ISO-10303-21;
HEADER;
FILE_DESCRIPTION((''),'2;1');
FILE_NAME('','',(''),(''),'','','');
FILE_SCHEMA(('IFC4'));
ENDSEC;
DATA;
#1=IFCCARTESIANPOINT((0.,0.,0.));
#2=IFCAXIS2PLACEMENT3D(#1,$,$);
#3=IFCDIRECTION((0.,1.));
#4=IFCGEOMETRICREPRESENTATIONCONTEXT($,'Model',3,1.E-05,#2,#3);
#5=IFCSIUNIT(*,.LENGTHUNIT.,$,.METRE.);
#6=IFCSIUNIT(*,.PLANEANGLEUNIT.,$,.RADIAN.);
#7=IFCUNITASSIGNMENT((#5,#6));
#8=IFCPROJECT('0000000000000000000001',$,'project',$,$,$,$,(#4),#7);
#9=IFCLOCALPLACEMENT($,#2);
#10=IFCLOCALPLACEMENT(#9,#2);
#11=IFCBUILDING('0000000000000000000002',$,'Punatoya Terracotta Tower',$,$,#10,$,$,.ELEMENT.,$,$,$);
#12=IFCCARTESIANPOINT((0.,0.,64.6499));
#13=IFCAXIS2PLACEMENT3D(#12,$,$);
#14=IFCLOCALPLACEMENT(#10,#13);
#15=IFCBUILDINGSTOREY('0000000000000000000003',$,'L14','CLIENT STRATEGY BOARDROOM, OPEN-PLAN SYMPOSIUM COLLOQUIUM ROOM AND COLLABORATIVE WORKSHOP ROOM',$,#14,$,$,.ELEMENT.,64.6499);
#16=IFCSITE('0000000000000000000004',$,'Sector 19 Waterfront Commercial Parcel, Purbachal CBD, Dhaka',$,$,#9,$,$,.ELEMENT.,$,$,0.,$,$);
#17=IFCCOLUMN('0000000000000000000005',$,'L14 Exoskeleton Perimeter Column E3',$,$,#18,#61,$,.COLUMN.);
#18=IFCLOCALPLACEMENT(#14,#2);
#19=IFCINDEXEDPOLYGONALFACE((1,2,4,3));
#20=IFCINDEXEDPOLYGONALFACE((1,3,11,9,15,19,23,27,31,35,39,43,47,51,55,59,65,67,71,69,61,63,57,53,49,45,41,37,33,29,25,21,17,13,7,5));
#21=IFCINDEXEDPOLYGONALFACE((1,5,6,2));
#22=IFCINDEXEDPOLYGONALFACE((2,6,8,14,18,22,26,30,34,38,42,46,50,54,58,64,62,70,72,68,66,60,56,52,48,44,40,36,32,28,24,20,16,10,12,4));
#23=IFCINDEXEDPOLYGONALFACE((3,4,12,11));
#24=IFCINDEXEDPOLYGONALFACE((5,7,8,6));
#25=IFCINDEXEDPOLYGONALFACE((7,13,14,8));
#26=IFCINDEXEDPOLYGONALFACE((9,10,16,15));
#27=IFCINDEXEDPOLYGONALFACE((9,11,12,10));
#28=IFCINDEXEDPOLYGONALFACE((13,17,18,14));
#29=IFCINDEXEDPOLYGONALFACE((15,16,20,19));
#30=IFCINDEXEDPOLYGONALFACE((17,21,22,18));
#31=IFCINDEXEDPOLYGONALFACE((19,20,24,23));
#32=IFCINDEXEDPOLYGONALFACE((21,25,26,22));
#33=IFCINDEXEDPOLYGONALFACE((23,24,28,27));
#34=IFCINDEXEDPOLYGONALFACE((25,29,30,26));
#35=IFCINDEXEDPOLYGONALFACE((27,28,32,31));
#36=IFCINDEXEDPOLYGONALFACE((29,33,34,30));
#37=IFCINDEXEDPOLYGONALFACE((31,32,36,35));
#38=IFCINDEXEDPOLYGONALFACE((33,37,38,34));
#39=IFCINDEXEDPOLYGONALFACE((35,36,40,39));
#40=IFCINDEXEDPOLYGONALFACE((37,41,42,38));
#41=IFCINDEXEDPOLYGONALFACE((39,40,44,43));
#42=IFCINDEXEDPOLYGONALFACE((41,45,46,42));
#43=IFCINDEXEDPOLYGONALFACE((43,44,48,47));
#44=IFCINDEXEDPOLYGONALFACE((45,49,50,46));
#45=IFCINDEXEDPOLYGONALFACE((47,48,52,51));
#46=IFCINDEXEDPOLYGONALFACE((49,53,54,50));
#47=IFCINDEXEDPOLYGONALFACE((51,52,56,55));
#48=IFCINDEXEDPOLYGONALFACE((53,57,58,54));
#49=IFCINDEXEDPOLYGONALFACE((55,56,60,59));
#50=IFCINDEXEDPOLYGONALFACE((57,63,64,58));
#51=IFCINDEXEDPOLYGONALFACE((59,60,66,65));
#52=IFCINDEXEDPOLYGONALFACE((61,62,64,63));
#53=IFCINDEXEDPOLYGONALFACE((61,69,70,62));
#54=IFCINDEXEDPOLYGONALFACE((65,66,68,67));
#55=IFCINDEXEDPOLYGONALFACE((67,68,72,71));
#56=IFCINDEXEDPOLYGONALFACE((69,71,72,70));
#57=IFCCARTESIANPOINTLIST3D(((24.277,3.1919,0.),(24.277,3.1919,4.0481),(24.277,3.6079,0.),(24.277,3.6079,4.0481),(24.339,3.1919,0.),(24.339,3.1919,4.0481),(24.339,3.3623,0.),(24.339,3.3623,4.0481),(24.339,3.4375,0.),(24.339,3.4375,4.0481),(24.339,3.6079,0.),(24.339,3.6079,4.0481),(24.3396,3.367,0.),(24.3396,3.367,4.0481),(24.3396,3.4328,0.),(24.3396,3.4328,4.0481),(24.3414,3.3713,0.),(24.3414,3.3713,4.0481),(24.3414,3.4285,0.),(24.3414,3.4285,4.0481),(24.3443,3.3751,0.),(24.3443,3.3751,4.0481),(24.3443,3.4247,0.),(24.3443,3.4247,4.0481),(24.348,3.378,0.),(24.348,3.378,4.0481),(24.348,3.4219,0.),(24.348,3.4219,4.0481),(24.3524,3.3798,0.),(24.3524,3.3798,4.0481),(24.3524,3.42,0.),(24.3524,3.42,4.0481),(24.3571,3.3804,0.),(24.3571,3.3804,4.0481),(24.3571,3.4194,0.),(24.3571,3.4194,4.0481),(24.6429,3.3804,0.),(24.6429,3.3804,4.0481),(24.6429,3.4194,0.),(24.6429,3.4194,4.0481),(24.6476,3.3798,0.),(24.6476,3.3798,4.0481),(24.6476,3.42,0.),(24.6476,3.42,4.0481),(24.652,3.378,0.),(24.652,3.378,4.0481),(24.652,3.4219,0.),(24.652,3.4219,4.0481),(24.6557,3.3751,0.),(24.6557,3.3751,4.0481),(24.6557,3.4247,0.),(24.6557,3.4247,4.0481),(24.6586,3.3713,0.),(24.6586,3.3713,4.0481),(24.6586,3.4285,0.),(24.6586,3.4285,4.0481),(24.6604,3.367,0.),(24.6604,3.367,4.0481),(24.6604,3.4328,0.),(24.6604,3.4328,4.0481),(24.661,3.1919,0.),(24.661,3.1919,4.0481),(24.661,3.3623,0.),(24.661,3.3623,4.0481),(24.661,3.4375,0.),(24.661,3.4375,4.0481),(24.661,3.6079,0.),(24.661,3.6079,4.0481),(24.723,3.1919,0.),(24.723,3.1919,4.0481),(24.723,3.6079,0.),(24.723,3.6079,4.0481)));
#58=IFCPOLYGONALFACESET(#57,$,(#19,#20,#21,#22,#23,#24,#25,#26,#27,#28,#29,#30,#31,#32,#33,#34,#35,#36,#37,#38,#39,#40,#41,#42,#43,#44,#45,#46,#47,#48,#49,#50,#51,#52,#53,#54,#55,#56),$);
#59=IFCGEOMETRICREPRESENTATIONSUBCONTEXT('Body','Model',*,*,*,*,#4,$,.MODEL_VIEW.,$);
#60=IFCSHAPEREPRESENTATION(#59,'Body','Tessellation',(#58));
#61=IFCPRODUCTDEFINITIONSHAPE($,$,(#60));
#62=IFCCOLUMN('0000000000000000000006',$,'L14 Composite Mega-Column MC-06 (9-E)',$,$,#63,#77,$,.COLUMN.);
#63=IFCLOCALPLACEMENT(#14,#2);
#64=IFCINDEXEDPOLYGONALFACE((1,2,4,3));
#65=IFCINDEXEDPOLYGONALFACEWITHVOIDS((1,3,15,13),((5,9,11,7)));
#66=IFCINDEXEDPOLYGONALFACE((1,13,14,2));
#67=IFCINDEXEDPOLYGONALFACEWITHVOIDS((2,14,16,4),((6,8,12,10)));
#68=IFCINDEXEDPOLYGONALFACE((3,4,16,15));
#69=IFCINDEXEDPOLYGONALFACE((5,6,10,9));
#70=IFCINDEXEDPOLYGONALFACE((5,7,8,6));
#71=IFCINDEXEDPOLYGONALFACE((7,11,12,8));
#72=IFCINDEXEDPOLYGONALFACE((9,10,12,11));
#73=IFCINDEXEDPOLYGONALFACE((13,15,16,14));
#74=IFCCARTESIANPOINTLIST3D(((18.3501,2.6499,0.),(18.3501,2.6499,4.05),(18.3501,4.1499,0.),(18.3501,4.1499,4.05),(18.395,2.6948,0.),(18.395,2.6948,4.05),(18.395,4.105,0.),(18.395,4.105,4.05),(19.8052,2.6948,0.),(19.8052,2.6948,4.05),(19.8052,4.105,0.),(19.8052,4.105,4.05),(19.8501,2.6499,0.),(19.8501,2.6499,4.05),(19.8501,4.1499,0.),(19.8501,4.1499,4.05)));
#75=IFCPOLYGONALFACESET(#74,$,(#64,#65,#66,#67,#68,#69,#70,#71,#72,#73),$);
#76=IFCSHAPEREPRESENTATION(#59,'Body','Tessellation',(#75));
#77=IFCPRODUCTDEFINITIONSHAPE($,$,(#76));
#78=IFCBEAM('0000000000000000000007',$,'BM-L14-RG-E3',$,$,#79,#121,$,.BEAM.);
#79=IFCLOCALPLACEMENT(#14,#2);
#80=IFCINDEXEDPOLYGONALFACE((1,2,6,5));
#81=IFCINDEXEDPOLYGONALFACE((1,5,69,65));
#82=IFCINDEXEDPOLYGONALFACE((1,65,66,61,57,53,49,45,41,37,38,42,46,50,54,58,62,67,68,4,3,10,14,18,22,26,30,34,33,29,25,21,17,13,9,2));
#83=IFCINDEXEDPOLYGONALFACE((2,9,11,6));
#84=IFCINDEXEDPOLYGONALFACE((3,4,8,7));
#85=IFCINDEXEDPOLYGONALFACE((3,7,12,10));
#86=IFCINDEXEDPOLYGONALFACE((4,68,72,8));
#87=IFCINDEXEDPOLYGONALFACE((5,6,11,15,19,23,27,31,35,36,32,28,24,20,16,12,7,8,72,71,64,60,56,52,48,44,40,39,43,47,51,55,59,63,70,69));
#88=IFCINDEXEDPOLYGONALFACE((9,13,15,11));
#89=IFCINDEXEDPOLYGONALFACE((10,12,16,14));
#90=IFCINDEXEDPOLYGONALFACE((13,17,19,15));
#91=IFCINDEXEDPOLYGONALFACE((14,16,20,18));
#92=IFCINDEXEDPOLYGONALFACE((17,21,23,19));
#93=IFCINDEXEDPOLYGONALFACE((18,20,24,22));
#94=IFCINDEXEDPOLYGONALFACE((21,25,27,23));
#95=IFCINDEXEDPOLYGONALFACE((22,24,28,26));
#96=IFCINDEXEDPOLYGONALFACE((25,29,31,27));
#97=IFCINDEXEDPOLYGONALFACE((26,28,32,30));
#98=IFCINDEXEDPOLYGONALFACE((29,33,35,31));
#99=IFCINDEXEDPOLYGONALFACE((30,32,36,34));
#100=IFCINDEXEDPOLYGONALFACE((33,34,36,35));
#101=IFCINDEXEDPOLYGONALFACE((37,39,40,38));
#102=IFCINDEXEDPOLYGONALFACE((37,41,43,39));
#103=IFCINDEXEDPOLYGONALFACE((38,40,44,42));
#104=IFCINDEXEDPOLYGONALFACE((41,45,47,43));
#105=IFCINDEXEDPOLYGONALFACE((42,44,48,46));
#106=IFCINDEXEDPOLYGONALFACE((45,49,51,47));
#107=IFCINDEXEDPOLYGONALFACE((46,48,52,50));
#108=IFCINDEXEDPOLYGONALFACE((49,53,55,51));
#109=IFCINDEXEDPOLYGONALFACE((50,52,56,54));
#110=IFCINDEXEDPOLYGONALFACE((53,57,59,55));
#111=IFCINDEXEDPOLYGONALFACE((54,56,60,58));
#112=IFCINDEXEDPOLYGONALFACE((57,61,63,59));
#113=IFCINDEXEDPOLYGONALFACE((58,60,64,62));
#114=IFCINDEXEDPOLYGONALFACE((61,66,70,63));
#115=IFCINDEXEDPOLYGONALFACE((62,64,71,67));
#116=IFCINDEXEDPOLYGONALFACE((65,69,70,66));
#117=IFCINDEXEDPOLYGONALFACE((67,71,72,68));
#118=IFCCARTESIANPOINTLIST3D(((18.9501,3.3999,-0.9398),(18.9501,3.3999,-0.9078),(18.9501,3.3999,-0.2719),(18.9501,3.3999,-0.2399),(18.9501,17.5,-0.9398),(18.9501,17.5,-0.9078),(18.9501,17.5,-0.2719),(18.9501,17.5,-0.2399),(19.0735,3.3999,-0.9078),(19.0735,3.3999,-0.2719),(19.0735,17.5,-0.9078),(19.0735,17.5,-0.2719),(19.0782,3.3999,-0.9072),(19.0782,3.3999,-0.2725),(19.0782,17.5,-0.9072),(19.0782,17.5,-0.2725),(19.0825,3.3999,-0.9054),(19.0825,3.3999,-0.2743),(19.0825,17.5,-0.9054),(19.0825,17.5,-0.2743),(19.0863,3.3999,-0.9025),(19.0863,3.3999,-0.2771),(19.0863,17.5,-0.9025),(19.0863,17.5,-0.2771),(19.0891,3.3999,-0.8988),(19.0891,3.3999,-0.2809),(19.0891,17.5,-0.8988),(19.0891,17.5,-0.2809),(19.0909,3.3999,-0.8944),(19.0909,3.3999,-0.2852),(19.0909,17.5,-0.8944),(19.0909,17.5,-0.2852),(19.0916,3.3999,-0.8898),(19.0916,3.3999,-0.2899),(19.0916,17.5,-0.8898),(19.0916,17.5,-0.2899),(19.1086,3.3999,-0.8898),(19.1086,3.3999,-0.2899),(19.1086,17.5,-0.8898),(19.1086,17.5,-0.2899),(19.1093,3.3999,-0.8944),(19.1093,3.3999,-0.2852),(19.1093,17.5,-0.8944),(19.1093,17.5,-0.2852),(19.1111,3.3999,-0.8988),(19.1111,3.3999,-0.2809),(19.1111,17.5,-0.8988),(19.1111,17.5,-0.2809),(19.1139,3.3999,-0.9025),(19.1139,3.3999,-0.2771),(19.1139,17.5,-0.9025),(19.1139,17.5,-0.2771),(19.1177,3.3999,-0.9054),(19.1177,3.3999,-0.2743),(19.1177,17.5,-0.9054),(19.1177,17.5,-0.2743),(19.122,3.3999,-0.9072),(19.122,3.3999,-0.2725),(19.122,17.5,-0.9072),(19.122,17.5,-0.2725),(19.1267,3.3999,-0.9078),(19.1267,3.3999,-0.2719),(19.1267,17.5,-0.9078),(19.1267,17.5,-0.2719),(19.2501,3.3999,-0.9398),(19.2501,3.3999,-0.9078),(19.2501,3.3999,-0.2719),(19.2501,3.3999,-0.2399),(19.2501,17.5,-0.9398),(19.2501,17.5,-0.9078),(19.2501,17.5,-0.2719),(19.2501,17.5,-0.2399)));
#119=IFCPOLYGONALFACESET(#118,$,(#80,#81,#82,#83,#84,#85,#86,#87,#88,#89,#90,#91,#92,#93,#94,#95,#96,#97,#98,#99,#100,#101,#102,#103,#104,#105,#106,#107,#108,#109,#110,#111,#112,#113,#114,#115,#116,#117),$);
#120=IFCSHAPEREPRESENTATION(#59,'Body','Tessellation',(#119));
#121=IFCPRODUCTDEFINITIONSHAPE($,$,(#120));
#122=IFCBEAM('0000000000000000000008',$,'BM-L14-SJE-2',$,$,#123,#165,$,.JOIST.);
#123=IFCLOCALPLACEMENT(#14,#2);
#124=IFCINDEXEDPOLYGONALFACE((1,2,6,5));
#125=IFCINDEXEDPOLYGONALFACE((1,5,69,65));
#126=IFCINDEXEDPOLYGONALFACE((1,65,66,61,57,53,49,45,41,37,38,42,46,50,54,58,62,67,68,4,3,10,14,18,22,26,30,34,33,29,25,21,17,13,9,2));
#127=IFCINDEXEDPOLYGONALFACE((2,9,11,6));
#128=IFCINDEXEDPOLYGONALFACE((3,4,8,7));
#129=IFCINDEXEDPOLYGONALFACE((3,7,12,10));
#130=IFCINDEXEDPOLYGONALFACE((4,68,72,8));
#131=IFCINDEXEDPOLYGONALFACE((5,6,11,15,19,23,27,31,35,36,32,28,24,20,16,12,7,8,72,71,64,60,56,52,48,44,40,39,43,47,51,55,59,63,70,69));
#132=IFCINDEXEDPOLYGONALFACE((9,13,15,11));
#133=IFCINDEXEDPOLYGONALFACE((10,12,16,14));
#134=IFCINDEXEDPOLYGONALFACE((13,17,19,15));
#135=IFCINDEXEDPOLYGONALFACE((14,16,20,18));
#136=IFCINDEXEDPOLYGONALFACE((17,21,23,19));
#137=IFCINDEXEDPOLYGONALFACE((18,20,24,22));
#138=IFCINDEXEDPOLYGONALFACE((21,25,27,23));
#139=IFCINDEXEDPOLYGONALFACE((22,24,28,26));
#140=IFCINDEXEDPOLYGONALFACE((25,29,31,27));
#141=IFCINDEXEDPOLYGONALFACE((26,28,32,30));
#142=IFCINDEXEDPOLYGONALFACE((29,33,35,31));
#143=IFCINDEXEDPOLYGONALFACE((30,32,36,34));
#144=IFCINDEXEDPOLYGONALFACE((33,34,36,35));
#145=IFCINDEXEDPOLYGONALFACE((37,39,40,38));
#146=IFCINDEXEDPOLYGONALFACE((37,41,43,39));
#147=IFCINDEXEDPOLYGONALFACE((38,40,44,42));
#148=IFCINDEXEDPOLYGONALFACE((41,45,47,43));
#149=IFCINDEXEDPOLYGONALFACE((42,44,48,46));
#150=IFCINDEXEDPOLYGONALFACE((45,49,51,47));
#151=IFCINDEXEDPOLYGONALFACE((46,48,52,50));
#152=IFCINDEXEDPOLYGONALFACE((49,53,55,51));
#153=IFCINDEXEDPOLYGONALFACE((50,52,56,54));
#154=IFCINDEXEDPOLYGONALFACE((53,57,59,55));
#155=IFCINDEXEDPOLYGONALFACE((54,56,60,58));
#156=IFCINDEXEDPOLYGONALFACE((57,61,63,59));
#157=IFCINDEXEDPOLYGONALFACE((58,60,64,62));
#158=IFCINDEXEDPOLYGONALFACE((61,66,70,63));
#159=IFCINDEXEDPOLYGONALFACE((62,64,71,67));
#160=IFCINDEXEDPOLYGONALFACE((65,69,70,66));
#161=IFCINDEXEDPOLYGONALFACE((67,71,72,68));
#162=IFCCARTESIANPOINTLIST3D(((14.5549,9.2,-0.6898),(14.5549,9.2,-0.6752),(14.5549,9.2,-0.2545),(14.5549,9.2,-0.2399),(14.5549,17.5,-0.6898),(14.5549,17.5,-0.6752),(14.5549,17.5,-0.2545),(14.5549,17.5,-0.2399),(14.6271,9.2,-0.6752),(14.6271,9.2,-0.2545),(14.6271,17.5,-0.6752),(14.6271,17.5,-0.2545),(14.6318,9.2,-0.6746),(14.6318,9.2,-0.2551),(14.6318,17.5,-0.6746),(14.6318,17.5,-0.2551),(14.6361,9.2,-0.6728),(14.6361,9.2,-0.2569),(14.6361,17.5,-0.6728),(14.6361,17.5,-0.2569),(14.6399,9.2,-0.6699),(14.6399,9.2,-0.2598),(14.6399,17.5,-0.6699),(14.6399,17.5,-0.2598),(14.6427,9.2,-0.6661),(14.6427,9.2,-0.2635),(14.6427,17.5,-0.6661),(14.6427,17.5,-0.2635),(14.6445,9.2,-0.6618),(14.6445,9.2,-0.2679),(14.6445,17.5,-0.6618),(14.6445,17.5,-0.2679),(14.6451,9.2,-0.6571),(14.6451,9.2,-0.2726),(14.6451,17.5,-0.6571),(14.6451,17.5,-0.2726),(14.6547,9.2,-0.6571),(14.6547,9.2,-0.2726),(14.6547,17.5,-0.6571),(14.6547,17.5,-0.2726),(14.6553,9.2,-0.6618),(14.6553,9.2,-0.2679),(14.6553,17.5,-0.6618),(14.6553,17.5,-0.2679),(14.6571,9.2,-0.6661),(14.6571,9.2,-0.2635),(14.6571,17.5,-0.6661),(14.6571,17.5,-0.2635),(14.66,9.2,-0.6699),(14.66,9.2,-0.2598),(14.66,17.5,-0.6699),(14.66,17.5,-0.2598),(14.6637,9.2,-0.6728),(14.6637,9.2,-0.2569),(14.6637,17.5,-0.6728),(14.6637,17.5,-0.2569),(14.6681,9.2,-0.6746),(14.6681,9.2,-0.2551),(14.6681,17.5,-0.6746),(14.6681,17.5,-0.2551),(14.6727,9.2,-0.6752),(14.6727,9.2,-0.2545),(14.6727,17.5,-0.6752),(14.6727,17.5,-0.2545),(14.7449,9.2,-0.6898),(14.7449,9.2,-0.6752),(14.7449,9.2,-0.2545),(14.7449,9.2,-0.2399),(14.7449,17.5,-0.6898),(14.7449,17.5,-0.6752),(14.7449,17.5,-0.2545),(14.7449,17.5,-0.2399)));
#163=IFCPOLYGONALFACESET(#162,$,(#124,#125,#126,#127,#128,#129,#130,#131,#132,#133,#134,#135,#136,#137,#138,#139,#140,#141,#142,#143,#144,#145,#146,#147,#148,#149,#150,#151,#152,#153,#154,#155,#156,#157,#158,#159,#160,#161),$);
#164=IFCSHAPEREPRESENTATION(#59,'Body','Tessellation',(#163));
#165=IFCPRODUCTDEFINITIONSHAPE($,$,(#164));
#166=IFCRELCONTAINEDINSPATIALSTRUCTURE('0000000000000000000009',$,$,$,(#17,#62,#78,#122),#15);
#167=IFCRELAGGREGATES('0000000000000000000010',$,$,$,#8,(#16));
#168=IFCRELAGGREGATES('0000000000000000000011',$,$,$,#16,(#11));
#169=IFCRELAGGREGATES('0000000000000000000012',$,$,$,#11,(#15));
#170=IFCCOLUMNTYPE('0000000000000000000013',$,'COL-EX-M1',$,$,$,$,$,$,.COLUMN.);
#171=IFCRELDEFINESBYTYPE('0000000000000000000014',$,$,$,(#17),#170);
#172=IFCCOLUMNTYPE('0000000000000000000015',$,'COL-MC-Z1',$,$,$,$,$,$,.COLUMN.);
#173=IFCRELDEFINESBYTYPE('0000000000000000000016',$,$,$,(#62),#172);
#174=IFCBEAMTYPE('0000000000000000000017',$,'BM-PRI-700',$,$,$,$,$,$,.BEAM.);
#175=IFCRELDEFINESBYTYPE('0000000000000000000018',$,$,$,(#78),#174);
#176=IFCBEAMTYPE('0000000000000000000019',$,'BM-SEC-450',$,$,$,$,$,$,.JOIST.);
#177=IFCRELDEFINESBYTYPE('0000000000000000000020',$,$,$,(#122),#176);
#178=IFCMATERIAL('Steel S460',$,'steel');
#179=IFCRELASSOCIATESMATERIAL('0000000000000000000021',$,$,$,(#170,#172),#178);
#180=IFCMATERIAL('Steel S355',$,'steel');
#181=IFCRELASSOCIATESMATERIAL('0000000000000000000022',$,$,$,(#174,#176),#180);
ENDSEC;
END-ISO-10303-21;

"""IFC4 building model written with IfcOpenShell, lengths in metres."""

from ifc_helpers import new_model, si_unit, direction, frame, origin, origin_2d, place, context, subcontext, project, spatial, hollow_rectangle, i_section, extrude, material, material_profile, profile_set, type_object, element, save


model = new_model("IFC4")

# Units and contexts
model_context = context("Model", 3, precision=1e-05, world=origin(), true_north=direction((0.0, 1.0)))
body_context = subcontext(model_context, "Body", "Model", "MODEL_VIEW")
ifc_project = project(units=[si_unit("LENGTHUNIT", "METRE"), si_unit("PLANEANGLEUNIT", "RADIAN")], contexts=[model_context])

# Site, building, storey
site_placement = place(None, origin())
site = spatial("IfcSite", under=ifc_project, at=site_placement, Name="Sector 19 Waterfront Commercial Parcel, Purbachal CBD, Dhaka", CompositionType="ELEMENT", RefElevation=0.0)
building_placement = place(site_placement, origin())
building = spatial("IfcBuilding", under=site, at=building_placement, Name="Punatoya Terracotta Tower", CompositionType="ELEMENT")
storey_placement = place(building_placement, frame((0.0, 0.0, 64.6499)))
storey = spatial("IfcBuildingStorey", under=building, at=storey_placement, Name="L14", Description="CLIENT STRATEGY BOARDROOM, OPEN-PLAN SYMPOSIUM COLLOQUIUM ROOM AND COLLABORATIVE WORKSHOP ROOM", CompositionType="ELEMENT", Elevation=64.6499)

# Columns
ifc_material_1 = material(Name="Steel S460", Category="steel")
ifc_material_profile_1 = material_profile(ifc_material_1, i_section(OverallWidth=0.416, OverallDepth=0.446, WebThickness=0.0391, FlangeThickness=0.062, FilletRadius=0.0181, at=origin_2d()))
ifc_profile_set_1 = profile_set([ifc_material_profile_1], Name="Steel S460")
column_type_1 = type_object("IfcColumnType", Name="COL-EX-M1", PredefinedType="COLUMN", material=ifc_profile_set_1)
column_1_placement = place(storey_placement, frame((24.5, 3.3999, 0.0), z_axis=(0.0, 0.0, 1.0), x_axis=(0.0, 1.0, 0.0)))
element("IfcColumn", 1, at=column_1_placement, inside=storey, type_object=column_type_1, Name="L14 Exoskeleton Perimeter Column E3", PredefinedType="COLUMN", context=body_context, shape_type="SweptSolid", body=[
    extrude(i_section(OverallWidth=0.416, OverallDepth=0.446, WebThickness=0.0391, FlangeThickness=0.062, FilletRadius=0.0181, at=origin_2d()), origin(), (0.0, 0.0, 1.0), 4.0481),
])
ifc_material_profile_2 = material_profile(ifc_material_1, hollow_rectangle(XDim=1.5, YDim=1.5, WallThickness=0.0449, at=origin_2d()))
ifc_profile_set_2 = profile_set([ifc_material_profile_2], Name="Steel S460")
column_type_2 = type_object("IfcColumnType", Name="COL-MC-Z1", PredefinedType="COLUMN", material=ifc_profile_set_2)
column_2_placement = place(storey_placement, frame((19.1001, 3.3999, 0.0), z_axis=(0.0, 0.0, 1.0), x_axis=(1.0, 0.0, 0.0)))
element("IfcColumn", 2, at=column_2_placement, inside=storey, type_object=column_type_2, Name="L14 Composite Mega-Column MC-06 (9-E)", PredefinedType="COLUMN", context=body_context, shape_type="SweptSolid", body=[
    extrude(hollow_rectangle(XDim=1.5, YDim=1.5, WallThickness=0.0449, at=origin_2d()), origin(), (0.0, 0.0, 1.0), 4.05),
])

# Beams
ifc_material_2 = material(Name="Steel S355", Category="steel")
ifc_material_profile_3 = material_profile(ifc_material_2, i_section(OverallWidth=0.3, OverallDepth=0.7, WebThickness=0.0171, FlangeThickness=0.032, FilletRadius=0.0181, at=origin_2d()))
ifc_profile_set_3 = profile_set([ifc_material_profile_3], Name="Steel S355")
beam_type_1 = type_object("IfcBeamType", Name="BM-PRI-700", PredefinedType="BEAM", material=ifc_profile_set_3)
beam_1_placement = place(storey_placement, frame((19.1001, 3.3999, -0.5898), z_axis=(0.0, 1.0, 0.0), x_axis=(-1.0, 0.0, 0.0)))
element("IfcBeam", 3, at=beam_1_placement, inside=storey, type_object=beam_type_1, Name="BM-L14-RG-E3", PredefinedType="BEAM", context=body_context, shape_type="SweptSolid", body=[
    extrude(i_section(OverallWidth=0.3, OverallDepth=0.7, WebThickness=0.0171, FlangeThickness=0.032, FilletRadius=0.0181, at=origin_2d()), origin(), (0.0, 0.0, 1.0), 14.1001),
])
ifc_material_profile_4 = material_profile(ifc_material_2, i_section(OverallWidth=0.1899, OverallDepth=0.45, WebThickness=0.0095, FlangeThickness=0.0146, FilletRadius=0.0181, at=origin_2d()))
ifc_profile_set_4 = profile_set([ifc_material_profile_4], Name="Steel S355")
beam_type_2 = type_object("IfcBeamType", Name="BM-SEC-450", PredefinedType="JOIST", material=ifc_profile_set_4)
beam_2_placement = place(storey_placement, frame((14.6499, 9.2, -0.4648), z_axis=(0.0, 1.0, 0.0), x_axis=(-1.0, 0.0, 0.0)))
element("IfcBeam", 4, at=beam_2_placement, inside=storey, type_object=beam_type_2, Name="BM-L14-SJE-2", PredefinedType="JOIST", context=body_context, shape_type="SweptSolid", body=[
    extrude(i_section(OverallWidth=0.1899, OverallDepth=0.45, WebThickness=0.0095, FlangeThickness=0.0146, FilletRadius=0.0181, at=origin_2d()), origin(), (0.0, 0.0, 1.0), 8.3),
])

save(model, "model.ifc")
